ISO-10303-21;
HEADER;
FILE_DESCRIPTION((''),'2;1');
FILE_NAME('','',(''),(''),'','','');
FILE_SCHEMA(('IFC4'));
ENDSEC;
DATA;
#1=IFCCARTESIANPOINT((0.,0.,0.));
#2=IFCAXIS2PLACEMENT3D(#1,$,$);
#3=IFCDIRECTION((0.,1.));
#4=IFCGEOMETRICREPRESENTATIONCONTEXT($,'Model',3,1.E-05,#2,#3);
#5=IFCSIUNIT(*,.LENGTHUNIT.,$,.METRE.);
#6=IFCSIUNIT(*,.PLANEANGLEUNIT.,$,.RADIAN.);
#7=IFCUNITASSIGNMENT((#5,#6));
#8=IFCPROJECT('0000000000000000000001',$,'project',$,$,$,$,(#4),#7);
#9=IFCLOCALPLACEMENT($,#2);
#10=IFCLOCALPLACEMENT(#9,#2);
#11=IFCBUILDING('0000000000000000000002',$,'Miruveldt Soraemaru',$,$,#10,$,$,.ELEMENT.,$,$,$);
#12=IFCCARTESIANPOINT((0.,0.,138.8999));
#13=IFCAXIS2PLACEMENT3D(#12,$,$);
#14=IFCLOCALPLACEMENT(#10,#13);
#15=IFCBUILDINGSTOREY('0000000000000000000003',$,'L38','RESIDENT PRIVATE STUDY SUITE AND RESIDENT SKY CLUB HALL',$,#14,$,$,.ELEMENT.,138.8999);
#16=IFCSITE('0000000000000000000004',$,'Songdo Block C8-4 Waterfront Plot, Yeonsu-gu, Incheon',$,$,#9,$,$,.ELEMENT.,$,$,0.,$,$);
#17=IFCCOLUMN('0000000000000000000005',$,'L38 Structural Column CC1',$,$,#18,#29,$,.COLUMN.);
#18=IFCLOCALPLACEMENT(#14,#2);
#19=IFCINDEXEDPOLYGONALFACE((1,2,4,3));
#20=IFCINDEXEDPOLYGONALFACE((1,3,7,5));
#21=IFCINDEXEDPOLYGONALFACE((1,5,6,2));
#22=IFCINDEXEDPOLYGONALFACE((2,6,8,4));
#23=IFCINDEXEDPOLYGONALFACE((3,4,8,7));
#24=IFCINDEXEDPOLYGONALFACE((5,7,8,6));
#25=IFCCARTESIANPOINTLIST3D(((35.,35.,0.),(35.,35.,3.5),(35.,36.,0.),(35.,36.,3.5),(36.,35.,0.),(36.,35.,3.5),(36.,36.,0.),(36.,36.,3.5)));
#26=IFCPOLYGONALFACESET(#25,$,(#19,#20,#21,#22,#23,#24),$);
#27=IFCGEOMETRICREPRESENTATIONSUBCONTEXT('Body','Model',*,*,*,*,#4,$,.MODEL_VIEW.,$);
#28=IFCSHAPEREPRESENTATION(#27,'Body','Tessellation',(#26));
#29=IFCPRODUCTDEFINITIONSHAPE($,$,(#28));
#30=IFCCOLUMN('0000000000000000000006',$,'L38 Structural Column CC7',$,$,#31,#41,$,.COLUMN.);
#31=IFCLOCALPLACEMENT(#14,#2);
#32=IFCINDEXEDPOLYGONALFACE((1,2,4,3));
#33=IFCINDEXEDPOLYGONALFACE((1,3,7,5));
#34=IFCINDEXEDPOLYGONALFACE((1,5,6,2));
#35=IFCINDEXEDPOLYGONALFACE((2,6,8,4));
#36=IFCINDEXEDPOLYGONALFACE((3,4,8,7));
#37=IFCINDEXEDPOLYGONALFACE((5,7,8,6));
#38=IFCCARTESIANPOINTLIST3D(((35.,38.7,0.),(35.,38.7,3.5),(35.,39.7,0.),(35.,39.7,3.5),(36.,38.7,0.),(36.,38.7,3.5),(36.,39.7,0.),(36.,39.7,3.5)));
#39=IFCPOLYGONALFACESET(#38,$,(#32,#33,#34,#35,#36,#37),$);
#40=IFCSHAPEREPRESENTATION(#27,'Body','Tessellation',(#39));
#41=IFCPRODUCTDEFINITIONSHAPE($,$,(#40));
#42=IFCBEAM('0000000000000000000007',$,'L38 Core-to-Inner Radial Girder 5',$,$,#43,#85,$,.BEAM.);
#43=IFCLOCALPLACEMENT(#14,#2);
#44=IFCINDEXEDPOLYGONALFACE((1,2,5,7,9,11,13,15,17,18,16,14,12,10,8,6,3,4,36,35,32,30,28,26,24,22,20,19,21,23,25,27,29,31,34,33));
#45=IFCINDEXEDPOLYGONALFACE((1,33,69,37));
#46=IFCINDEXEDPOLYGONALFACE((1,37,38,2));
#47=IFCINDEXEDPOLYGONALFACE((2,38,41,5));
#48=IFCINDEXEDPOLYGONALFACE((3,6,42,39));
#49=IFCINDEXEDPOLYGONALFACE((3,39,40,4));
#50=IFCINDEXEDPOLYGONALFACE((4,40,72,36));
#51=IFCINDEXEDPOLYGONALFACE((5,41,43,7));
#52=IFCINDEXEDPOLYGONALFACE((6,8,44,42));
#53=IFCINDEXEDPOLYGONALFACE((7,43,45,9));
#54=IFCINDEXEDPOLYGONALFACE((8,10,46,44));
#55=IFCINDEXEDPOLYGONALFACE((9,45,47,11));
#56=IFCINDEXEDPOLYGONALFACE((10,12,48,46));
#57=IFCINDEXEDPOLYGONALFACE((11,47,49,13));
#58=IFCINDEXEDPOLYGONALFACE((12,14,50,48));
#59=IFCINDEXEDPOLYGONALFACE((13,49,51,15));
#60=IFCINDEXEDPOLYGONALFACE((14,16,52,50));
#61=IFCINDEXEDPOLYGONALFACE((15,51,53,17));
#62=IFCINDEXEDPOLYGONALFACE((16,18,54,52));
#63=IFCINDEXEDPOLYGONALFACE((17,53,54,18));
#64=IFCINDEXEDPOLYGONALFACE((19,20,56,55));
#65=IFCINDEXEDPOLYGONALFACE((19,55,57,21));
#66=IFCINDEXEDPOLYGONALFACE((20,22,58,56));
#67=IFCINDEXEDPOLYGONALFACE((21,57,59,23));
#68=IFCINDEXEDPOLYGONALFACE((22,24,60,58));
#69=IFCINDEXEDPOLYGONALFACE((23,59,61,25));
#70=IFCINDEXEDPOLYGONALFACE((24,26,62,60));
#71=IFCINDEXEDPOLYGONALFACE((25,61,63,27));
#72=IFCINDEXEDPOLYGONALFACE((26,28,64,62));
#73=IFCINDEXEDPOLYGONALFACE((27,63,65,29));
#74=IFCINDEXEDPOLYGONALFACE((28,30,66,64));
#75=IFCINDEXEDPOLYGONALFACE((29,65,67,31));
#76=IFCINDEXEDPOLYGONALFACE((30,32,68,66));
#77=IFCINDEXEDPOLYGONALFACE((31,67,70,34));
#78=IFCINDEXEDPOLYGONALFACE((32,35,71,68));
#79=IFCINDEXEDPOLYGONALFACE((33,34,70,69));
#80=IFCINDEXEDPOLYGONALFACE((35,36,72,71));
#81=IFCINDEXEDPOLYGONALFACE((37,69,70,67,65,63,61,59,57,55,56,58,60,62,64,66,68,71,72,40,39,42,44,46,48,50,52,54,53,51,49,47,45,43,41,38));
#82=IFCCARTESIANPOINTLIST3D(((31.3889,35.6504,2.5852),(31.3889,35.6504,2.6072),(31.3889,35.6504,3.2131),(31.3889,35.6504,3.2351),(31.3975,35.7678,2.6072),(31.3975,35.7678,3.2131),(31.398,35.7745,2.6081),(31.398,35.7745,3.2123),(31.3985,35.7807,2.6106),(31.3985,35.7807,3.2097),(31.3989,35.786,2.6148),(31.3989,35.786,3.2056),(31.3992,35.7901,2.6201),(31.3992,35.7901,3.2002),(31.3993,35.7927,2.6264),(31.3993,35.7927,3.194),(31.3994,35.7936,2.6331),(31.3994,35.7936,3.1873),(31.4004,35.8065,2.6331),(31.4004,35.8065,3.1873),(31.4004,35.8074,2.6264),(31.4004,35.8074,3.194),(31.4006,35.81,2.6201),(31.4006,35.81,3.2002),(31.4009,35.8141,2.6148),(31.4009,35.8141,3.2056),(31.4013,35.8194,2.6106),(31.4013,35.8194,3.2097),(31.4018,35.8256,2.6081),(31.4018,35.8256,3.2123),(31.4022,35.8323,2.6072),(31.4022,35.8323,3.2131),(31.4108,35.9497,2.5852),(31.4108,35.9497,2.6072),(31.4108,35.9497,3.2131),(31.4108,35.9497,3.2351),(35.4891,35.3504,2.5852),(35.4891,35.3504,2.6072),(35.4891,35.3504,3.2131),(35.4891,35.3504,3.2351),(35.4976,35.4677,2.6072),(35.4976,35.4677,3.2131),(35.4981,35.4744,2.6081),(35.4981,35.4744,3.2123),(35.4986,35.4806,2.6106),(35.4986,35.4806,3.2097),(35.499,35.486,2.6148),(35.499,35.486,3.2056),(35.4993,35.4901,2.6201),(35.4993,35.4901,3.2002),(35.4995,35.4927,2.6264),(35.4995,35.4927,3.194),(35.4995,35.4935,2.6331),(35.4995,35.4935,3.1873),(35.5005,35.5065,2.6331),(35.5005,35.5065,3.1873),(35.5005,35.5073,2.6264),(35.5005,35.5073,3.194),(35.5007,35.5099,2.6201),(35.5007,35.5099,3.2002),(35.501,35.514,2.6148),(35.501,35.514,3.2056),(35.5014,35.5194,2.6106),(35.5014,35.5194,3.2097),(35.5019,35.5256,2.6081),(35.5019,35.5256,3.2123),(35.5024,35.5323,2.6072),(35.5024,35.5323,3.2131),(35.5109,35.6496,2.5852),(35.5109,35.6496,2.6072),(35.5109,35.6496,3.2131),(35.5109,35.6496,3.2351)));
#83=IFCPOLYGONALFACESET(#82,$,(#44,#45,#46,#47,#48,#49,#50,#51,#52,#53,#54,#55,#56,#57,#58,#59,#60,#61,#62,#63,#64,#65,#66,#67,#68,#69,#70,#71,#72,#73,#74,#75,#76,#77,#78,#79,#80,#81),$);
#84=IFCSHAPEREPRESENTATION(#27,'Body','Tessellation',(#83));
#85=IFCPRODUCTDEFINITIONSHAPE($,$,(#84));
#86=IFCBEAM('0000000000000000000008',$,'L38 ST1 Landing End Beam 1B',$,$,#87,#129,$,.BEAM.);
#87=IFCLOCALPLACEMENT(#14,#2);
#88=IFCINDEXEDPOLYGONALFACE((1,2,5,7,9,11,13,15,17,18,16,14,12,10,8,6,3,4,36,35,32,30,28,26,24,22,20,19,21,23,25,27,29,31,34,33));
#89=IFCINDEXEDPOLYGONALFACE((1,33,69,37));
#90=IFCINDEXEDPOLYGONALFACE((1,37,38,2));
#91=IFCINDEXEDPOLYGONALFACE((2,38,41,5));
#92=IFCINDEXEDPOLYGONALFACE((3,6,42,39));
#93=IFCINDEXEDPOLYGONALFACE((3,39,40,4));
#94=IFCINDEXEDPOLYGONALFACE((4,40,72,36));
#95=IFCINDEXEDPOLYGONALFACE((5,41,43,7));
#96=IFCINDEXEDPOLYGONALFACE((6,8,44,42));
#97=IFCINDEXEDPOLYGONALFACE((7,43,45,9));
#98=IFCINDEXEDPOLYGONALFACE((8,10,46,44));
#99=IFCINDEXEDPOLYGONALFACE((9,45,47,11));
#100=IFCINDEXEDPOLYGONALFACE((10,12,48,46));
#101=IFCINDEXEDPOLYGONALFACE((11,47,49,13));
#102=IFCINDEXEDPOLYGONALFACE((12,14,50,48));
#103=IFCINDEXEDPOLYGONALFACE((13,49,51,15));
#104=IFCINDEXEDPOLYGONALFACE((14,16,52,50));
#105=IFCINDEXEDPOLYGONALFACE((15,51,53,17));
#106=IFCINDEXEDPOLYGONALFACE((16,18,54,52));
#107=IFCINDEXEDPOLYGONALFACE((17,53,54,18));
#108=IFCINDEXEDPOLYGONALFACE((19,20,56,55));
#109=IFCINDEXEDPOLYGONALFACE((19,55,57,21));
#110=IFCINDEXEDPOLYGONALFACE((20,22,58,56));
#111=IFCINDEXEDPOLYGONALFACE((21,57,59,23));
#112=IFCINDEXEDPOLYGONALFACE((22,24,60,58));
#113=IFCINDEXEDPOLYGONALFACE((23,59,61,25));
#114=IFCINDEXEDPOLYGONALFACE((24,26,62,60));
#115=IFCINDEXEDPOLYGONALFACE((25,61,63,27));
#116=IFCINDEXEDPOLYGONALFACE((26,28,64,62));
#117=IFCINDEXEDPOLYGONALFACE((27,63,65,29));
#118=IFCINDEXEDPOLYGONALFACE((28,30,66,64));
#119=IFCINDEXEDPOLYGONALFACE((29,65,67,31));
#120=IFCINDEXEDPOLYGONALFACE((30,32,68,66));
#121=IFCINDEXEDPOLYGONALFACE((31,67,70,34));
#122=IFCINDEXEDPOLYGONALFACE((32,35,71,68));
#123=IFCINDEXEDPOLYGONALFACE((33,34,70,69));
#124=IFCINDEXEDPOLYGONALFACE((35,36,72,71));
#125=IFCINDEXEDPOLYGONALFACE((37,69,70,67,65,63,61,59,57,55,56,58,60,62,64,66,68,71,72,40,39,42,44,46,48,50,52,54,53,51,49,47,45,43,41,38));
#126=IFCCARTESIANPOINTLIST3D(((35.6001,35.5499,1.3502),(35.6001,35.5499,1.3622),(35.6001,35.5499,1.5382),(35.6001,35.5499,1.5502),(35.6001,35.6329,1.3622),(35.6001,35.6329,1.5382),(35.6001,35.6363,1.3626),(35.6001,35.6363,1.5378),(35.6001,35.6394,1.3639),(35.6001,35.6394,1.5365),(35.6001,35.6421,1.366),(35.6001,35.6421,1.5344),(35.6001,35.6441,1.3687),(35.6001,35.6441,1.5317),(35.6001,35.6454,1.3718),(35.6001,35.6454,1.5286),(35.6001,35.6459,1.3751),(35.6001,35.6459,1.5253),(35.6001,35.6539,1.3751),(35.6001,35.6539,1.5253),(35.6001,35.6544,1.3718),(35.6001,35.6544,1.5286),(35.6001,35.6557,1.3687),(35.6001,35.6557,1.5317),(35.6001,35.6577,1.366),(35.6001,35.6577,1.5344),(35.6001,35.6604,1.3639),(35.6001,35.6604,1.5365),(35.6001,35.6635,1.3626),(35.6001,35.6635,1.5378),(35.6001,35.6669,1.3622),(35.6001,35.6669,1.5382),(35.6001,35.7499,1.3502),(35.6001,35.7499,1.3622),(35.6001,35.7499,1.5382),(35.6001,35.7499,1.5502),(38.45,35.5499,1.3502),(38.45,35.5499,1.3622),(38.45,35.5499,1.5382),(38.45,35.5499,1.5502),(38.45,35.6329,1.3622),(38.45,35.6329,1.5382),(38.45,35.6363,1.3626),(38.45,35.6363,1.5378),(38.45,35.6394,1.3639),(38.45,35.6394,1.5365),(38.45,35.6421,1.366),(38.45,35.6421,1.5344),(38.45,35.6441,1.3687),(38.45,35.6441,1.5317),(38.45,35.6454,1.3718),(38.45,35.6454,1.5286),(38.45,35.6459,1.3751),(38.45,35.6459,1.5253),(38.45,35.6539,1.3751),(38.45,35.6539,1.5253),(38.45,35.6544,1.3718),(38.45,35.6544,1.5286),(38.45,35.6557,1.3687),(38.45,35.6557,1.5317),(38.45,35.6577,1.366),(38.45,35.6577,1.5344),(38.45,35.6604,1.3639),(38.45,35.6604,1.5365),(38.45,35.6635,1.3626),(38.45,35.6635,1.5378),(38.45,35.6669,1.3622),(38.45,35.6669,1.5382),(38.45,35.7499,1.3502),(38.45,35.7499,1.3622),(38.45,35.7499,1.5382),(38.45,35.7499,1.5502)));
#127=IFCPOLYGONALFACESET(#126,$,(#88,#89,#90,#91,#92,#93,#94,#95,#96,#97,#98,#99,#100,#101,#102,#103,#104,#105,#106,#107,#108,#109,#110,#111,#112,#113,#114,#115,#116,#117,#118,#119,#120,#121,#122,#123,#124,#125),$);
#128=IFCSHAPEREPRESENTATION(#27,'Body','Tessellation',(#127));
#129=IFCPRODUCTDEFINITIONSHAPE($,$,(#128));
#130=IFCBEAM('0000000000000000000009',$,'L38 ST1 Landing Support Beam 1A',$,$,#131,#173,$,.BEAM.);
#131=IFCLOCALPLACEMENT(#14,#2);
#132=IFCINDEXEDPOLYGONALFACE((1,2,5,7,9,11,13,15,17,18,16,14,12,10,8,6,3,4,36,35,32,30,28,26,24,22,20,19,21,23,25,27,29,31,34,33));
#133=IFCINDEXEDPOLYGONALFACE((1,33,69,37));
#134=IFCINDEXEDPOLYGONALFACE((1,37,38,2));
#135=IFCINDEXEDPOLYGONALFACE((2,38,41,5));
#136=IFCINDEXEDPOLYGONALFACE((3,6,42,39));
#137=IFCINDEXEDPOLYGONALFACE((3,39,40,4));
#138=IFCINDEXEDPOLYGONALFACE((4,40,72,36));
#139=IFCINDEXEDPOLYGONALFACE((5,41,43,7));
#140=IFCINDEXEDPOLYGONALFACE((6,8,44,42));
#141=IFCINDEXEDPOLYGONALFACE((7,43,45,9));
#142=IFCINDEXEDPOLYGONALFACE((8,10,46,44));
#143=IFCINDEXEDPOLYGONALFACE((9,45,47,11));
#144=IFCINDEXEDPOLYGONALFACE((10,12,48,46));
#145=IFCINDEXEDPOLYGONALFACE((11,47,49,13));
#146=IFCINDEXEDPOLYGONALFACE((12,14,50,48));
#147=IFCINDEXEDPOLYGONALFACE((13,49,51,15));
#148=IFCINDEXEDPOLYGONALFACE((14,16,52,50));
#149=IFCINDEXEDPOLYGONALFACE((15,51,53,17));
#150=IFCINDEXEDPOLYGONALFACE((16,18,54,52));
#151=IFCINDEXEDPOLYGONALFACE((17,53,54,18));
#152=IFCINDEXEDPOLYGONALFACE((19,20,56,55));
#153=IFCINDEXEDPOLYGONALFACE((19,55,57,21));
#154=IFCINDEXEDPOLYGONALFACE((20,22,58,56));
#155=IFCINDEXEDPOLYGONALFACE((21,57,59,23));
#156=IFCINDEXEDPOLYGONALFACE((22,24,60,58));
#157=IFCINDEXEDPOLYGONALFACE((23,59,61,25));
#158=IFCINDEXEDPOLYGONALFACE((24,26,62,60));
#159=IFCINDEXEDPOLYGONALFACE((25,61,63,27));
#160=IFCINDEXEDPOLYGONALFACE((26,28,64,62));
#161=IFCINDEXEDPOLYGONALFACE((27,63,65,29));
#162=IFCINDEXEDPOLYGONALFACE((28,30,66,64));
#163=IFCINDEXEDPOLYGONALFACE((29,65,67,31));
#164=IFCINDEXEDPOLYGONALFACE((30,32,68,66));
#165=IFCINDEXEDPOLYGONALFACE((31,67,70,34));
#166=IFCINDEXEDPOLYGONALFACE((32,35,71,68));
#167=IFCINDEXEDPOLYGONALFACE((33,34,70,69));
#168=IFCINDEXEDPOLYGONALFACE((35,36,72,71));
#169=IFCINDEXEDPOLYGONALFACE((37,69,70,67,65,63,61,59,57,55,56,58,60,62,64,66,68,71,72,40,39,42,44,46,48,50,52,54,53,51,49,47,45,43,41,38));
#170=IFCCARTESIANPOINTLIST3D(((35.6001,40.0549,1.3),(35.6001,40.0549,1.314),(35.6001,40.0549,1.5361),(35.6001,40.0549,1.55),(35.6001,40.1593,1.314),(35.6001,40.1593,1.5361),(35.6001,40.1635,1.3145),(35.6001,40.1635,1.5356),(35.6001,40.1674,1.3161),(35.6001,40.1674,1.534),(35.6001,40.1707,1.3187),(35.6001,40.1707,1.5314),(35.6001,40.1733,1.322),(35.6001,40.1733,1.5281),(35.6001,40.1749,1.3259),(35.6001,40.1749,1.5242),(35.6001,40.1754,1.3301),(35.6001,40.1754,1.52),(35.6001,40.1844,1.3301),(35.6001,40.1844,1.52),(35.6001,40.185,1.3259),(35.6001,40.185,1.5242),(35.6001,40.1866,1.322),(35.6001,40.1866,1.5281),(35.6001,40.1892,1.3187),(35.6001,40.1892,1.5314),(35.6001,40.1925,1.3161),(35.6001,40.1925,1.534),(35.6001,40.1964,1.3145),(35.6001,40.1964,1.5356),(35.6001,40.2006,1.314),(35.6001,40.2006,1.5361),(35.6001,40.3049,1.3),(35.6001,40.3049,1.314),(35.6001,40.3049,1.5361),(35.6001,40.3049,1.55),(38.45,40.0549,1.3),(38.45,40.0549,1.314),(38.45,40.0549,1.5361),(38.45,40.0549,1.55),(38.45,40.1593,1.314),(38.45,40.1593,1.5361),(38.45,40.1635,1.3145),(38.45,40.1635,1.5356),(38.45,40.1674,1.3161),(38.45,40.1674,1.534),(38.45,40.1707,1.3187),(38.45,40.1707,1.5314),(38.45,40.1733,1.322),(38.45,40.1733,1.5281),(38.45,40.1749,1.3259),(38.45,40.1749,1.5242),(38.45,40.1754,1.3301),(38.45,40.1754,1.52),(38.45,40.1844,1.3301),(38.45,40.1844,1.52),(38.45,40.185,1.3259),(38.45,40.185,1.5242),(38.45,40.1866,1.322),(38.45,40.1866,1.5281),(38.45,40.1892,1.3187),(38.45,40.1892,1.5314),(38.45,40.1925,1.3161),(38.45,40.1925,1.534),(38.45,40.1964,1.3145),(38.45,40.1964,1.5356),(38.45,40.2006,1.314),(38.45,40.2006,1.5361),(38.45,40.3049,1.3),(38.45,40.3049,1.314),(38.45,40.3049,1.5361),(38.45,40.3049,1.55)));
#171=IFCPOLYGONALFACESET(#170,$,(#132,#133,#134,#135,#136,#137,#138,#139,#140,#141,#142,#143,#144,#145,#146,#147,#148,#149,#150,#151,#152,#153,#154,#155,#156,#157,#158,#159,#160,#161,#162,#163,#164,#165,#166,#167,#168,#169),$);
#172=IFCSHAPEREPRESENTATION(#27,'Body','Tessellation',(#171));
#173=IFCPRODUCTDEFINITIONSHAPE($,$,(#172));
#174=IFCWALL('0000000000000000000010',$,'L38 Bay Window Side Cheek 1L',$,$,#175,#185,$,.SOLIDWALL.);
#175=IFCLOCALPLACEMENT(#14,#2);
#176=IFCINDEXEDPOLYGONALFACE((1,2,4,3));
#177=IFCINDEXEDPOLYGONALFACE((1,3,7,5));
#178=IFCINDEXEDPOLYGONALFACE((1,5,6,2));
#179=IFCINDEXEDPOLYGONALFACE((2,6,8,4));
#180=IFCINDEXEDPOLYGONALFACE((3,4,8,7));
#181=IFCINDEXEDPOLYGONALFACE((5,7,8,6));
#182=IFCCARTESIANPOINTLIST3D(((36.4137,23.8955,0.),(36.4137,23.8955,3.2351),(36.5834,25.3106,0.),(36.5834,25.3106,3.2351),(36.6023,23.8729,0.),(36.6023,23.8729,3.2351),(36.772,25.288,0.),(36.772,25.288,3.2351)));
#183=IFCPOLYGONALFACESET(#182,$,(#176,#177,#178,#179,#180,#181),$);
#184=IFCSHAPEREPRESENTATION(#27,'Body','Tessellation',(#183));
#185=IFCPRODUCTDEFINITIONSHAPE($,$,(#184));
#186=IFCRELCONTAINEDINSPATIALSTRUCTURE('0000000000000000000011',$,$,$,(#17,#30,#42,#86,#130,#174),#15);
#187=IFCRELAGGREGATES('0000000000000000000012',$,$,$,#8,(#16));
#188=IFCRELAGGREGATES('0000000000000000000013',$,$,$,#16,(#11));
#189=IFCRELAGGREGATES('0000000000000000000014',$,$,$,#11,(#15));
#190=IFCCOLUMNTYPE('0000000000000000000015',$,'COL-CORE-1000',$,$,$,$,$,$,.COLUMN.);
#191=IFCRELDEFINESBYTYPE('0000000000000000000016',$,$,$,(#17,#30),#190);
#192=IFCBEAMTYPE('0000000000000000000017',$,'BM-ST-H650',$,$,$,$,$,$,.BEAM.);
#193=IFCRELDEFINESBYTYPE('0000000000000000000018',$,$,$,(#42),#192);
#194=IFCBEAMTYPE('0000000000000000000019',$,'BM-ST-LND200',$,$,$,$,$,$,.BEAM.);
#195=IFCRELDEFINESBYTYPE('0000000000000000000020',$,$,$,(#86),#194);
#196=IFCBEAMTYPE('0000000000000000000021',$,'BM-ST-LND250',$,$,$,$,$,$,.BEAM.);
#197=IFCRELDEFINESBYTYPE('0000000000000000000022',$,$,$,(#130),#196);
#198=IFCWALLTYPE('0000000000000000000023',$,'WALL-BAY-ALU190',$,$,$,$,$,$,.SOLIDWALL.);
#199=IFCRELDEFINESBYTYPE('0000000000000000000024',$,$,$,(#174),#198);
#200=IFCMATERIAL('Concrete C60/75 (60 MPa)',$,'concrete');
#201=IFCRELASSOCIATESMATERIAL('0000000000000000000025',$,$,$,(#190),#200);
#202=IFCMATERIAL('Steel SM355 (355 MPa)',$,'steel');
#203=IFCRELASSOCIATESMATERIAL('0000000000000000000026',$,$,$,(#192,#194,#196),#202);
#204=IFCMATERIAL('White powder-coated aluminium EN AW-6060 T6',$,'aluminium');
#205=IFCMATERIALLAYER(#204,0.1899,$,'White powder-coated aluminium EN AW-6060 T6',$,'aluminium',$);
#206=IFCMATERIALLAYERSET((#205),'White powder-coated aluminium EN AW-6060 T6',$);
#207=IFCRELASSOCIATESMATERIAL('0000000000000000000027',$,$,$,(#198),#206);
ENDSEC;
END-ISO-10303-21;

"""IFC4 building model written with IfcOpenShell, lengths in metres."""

from ifc_helpers import new_model, si_unit, direction, frame, frame_2d, origin, origin_2d, place, context, subcontext, project, spatial, rectangle, i_section, extrude, material, layer, layer_set, material_profile, profile_set, type_object, element, save


model = new_model("IFC4")

# Units and contexts
model_context = context("Model", 3, precision=1e-05, world=origin(), true_north=direction((0.0, 1.0)))
body_context = subcontext(model_context, "Body", "Model", "MODEL_VIEW")
ifc_project = project(units=[si_unit("LENGTHUNIT", "METRE"), si_unit("PLANEANGLEUNIT", "RADIAN")], contexts=[model_context])

# Site, building, storey
site_placement = place(None, origin())
site = spatial("IfcSite", under=ifc_project, at=site_placement, Name="Songdo Block C8-4 Waterfront Plot, Yeonsu-gu, Incheon", CompositionType="ELEMENT", RefElevation=0.0)
building_placement = place(site_placement, origin())
building = spatial("IfcBuilding", under=site, at=building_placement, Name="Miruveldt Soraemaru", CompositionType="ELEMENT")
storey_placement = place(building_placement, frame((0.0, 0.0, 138.8999)))
storey = spatial("IfcBuildingStorey", under=building, at=storey_placement, Name="L38", Description="RESIDENT PRIVATE STUDY SUITE AND RESIDENT SKY CLUB HALL", CompositionType="ELEMENT", Elevation=138.8999)

# Columns
ifc_material_1 = material(Name="Concrete C60/75 (60 MPa)", Category="concrete")
ifc_material_profile_1 = material_profile(ifc_material_1, rectangle(XDim=1.0, YDim=1.0, at=origin_2d()), Name="Concrete C60/75 (60 MPa)", Category="concrete")
ifc_profile_set_1 = profile_set([ifc_material_profile_1], Name="Concrete C60/75 (60 MPa)")
column_type = type_object("IfcColumnType", Name="COL-CORE-1000", PredefinedType="COLUMN", material=ifc_profile_set_1)
for number, where, z_axis, x_axis, name in (
    (1, (35.5, 35.5, 0.0), (0.0, 0.0, 1.0), (1.0, 0.0, 0.0), "L38 Structural Column CC1"),
    (2, (35.5, 39.2, 0.0), (0.0, 0.0, 1.0), (1.0, 0.0, 0.0), "L38 Structural Column CC7"),
):
    element("IfcColumn", number, at=place(storey_placement, frame(where, z_axis=z_axis, x_axis=x_axis)), inside=storey, type_object=column_type, Name=name, PredefinedType="COLUMN", context=body_context, shape_type="SweptSolid", body=[
        extrude(rectangle(XDim=1.0, YDim=1.0, at=origin_2d()), origin(), (0.0, 0.0, 1.0), 3.5),
    ])

# Beams
ifc_material_2 = material(Name="Steel SM355 (355 MPa)", Category="steel")
ifc_material_profile_2 = material_profile(ifc_material_2, i_section(OverallWidth=0.3, OverallDepth=0.6499, WebThickness=0.0129, FlangeThickness=0.022, FilletRadius=0.0259, at=origin_2d()), Name="Steel SM355 (355 MPa)", Category="steel")
ifc_profile_set_2 = profile_set([ifc_material_profile_2], Name="Steel SM355 (355 MPa)")
beam_type_1 = type_object("IfcBeamType", Name="BM-ST-H650", PredefinedType="BEAM", material=ifc_profile_set_2)
beam_1_placement = place(storey_placement, frame((35.5, 35.5, 2.9102), z_axis=(-0.997333, 0.072986, 0.0), x_axis=(-0.072986, -0.997333, 0.0)))
element("IfcBeam", 3, at=beam_1_placement, inside=storey, type_object=beam_type_1, Name="L38 Core-to-Inner Radial Girder 5", PredefinedType="BEAM", context=body_context, shape_type="SweptSolid", body=[
    extrude(i_section(OverallWidth=0.3, OverallDepth=0.6499, WebThickness=0.0129, FlangeThickness=0.022, FilletRadius=0.0259, at=origin_2d()), origin(), (0.0, 0.0, 1.0), 4.1111),
])
ifc_material_profile_3 = material_profile(ifc_material_2, i_section(OverallWidth=0.2, OverallDepth=0.2, WebThickness=0.0081, FlangeThickness=0.012, FilletRadius=0.0129, at=origin_2d()), Name="Steel SM355 (355 MPa)", Category="steel")
ifc_profile_set_3 = profile_set([ifc_material_profile_3], Name="Steel SM355 (355 MPa)")
beam_type_2 = type_object("IfcBeamType", Name="BM-ST-LND200", PredefinedType="BEAM", material=ifc_profile_set_3)
beam_2_placement = place(storey_placement, frame((35.6001, 35.6499, 1.4502), z_axis=(1.0, 0.0, 0.0), x_axis=(0.0, 1.0, 0.0)))
element("IfcBeam", 4, at=beam_2_placement, inside=storey, type_object=beam_type_2, Name="L38 ST1 Landing End Beam 1B", PredefinedType="BEAM", context=body_context, shape_type="SweptSolid", body=[
    extrude(i_section(OverallWidth=0.2, OverallDepth=0.2, WebThickness=0.0081, FlangeThickness=0.012, FilletRadius=0.0129, at=origin_2d()), origin(), (0.0, 0.0, 1.0), 2.8499),
])
ifc_material_profile_4 = material_profile(ifc_material_2, i_section(OverallWidth=0.25, OverallDepth=0.25, WebThickness=0.009, FlangeThickness=0.0139, FilletRadius=0.0161, at=origin_2d()), Name="Steel SM355 (355 MPa)", Category="steel")
ifc_profile_set_4 = profile_set([ifc_material_profile_4], Name="Steel SM355 (355 MPa)")
beam_type_3 = type_object("IfcBeamType", Name="BM-ST-LND250", PredefinedType="BEAM", material=ifc_profile_set_4)
beam_3_placement = place(storey_placement, frame((35.6001, 40.1799, 1.425), z_axis=(1.0, 0.0, 0.0), x_axis=(0.0, 1.0, 0.0)))
element("IfcBeam", 5, at=beam_3_placement, inside=storey, type_object=beam_type_3, Name="L38 ST1 Landing Support Beam 1A", PredefinedType="BEAM", context=body_context, shape_type="SweptSolid", body=[
    extrude(i_section(OverallWidth=0.25, OverallDepth=0.25, WebThickness=0.009, FlangeThickness=0.0139, FilletRadius=0.0161, at=origin_2d()), origin(), (0.0, 0.0, 1.0), 2.8499),
])

# Wall
ifc_material_3 = material(Name="White powder-coated aluminium EN AW-6060 T6", Category="aluminium")
ifc_layer_1 = layer(ifc_material_3, 0.1899, Name="White powder-coated aluminium EN AW-6060 T6", Category="aluminium")
ifc_layer_set_1 = layer_set([ifc_layer_1], Name="White powder-coated aluminium EN AW-6060 T6")
wall_type_1 = type_object("IfcWallType", Name="WALL-BAY-ALU190", PredefinedType="SOLIDWALL", material=ifc_layer_set_1)
for number, where, z_axis, x_axis, name in (
    (6, (36.6777, 25.2993, 0.0), (0.0, 0.0, 1.0), (-0.119057, -0.992887, 0.0), "L38 Bay Window Side Cheek 1L"),
):
    element("IfcWall", number, at=place(storey_placement, frame(where, z_axis=z_axis, x_axis=x_axis)), inside=storey, type_object=wall_type_1, Name=name, PredefinedType="SOLIDWALL", context=body_context, shape_type="SweptSolid", body=[
        extrude(rectangle(XDim=1.4253, YDim=0.1899, at=frame_2d((0.7126, 0.0))), origin(), (0.0, 0.0, 1.0), 3.2351),
    ])

save(model, "model.ifc")
